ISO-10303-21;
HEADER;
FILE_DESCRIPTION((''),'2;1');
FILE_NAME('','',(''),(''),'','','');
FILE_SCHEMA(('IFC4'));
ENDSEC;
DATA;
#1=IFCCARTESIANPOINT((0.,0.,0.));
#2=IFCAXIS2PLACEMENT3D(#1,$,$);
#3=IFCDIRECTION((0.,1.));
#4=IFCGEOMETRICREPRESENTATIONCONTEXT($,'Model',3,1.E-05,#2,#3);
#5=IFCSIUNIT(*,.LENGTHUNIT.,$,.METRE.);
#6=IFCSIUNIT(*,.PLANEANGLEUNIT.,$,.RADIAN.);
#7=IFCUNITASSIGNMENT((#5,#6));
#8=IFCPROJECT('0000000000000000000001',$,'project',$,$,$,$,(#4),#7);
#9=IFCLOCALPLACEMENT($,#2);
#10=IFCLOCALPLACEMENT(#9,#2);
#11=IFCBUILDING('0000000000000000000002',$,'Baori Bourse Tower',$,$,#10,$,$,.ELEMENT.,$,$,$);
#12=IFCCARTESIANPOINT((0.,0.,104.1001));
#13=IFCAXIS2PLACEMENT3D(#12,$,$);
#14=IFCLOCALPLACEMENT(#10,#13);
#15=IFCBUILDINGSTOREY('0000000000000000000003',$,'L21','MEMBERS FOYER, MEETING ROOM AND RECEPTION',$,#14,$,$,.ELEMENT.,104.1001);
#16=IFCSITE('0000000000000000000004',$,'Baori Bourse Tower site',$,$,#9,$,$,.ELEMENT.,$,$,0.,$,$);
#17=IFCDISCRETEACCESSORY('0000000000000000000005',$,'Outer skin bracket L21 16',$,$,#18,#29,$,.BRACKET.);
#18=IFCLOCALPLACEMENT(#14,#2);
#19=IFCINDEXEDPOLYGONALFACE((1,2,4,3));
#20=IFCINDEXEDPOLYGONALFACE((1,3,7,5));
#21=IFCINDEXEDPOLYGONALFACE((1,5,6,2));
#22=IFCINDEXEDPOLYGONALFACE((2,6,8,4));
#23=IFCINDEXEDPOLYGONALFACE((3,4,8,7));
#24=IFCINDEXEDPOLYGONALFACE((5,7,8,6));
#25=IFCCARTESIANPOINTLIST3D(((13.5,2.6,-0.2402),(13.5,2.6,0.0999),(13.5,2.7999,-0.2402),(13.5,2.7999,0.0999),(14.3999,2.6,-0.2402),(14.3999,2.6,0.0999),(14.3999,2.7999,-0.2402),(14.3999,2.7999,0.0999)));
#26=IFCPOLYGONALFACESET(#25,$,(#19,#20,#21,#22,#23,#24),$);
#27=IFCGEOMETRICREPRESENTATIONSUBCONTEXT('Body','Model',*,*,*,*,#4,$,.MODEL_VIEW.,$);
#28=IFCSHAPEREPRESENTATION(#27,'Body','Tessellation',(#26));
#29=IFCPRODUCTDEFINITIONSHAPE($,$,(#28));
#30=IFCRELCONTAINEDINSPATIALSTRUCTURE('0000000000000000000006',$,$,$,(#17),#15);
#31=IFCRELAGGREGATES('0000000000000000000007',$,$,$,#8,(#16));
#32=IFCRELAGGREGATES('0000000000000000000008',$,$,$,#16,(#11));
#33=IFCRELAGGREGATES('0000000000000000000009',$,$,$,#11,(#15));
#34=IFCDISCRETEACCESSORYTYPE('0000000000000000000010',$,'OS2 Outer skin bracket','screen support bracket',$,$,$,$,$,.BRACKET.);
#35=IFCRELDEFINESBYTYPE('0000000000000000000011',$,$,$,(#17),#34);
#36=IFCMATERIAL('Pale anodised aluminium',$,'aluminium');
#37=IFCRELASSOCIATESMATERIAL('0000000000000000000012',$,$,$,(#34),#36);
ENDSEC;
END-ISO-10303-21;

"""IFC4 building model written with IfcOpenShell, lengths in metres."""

from ifc_helpers import new_model, si_unit, direction, frame, origin, origin_2d, place, context, subcontext, project, spatial, rectangle, extrude, material, type_object, element, save


model = new_model("IFC4")

# Units and contexts
model_context = context("Model", 3, precision=1e-05, world=origin(), true_north=direction((0.0, 1.0)))
body_context = subcontext(model_context, "Body", "Model", "MODEL_VIEW")
ifc_project = project(units=[si_unit("LENGTHUNIT", "METRE"), si_unit("PLANEANGLEUNIT", "RADIAN")], contexts=[model_context])

# Site, building, storey
site_placement = place(None, origin())
site = spatial("IfcSite", under=ifc_project, at=site_placement, Name="Baori Bourse Tower site", CompositionType="ELEMENT", RefElevation=0.0)
building_placement = place(site_placement, origin())
building = spatial("IfcBuilding", under=site, at=building_placement, Name="Baori Bourse Tower", CompositionType="ELEMENT")
storey_placement = place(building_placement, frame((0.0, 0.0, 104.1001)))
storey = spatial("IfcBuildingStorey", under=building, at=storey_placement, Name="L21", Description="MEMBERS FOYER, MEETING ROOM AND RECEPTION", CompositionType="ELEMENT", Elevation=104.1001)

# Discrete accessory
ifc_material_1 = material(Name="Pale anodised aluminium", Category="aluminium")
discrete_accessory_type = type_object("IfcDiscreteAccessoryType", Name="OS2 Outer skin bracket", Description="screen support bracket", PredefinedType="BRACKET", material=ifc_material_1)
for number, where, z_axis, x_axis, name in (
    (1, (13.95, 2.7, -0.2402), (0.0, 0.0, 1.0), (0.0, -1.0, 0.0), "Outer skin bracket L21 16"),
):
    element("IfcDiscreteAccessory", number, at=place(storey_placement, frame(where, z_axis=z_axis, x_axis=x_axis)), inside=storey, type_object=discrete_accessory_type, Name=name, PredefinedType="BRACKET", context=body_context, shape_type="SweptSolid", body=[
        extrude(rectangle(XDim=0.2, YDim=0.8999, at=origin_2d()), origin(), (0.0, 0.0, 1.0), 0.3401),
    ])

save(model, "model.ifc")
